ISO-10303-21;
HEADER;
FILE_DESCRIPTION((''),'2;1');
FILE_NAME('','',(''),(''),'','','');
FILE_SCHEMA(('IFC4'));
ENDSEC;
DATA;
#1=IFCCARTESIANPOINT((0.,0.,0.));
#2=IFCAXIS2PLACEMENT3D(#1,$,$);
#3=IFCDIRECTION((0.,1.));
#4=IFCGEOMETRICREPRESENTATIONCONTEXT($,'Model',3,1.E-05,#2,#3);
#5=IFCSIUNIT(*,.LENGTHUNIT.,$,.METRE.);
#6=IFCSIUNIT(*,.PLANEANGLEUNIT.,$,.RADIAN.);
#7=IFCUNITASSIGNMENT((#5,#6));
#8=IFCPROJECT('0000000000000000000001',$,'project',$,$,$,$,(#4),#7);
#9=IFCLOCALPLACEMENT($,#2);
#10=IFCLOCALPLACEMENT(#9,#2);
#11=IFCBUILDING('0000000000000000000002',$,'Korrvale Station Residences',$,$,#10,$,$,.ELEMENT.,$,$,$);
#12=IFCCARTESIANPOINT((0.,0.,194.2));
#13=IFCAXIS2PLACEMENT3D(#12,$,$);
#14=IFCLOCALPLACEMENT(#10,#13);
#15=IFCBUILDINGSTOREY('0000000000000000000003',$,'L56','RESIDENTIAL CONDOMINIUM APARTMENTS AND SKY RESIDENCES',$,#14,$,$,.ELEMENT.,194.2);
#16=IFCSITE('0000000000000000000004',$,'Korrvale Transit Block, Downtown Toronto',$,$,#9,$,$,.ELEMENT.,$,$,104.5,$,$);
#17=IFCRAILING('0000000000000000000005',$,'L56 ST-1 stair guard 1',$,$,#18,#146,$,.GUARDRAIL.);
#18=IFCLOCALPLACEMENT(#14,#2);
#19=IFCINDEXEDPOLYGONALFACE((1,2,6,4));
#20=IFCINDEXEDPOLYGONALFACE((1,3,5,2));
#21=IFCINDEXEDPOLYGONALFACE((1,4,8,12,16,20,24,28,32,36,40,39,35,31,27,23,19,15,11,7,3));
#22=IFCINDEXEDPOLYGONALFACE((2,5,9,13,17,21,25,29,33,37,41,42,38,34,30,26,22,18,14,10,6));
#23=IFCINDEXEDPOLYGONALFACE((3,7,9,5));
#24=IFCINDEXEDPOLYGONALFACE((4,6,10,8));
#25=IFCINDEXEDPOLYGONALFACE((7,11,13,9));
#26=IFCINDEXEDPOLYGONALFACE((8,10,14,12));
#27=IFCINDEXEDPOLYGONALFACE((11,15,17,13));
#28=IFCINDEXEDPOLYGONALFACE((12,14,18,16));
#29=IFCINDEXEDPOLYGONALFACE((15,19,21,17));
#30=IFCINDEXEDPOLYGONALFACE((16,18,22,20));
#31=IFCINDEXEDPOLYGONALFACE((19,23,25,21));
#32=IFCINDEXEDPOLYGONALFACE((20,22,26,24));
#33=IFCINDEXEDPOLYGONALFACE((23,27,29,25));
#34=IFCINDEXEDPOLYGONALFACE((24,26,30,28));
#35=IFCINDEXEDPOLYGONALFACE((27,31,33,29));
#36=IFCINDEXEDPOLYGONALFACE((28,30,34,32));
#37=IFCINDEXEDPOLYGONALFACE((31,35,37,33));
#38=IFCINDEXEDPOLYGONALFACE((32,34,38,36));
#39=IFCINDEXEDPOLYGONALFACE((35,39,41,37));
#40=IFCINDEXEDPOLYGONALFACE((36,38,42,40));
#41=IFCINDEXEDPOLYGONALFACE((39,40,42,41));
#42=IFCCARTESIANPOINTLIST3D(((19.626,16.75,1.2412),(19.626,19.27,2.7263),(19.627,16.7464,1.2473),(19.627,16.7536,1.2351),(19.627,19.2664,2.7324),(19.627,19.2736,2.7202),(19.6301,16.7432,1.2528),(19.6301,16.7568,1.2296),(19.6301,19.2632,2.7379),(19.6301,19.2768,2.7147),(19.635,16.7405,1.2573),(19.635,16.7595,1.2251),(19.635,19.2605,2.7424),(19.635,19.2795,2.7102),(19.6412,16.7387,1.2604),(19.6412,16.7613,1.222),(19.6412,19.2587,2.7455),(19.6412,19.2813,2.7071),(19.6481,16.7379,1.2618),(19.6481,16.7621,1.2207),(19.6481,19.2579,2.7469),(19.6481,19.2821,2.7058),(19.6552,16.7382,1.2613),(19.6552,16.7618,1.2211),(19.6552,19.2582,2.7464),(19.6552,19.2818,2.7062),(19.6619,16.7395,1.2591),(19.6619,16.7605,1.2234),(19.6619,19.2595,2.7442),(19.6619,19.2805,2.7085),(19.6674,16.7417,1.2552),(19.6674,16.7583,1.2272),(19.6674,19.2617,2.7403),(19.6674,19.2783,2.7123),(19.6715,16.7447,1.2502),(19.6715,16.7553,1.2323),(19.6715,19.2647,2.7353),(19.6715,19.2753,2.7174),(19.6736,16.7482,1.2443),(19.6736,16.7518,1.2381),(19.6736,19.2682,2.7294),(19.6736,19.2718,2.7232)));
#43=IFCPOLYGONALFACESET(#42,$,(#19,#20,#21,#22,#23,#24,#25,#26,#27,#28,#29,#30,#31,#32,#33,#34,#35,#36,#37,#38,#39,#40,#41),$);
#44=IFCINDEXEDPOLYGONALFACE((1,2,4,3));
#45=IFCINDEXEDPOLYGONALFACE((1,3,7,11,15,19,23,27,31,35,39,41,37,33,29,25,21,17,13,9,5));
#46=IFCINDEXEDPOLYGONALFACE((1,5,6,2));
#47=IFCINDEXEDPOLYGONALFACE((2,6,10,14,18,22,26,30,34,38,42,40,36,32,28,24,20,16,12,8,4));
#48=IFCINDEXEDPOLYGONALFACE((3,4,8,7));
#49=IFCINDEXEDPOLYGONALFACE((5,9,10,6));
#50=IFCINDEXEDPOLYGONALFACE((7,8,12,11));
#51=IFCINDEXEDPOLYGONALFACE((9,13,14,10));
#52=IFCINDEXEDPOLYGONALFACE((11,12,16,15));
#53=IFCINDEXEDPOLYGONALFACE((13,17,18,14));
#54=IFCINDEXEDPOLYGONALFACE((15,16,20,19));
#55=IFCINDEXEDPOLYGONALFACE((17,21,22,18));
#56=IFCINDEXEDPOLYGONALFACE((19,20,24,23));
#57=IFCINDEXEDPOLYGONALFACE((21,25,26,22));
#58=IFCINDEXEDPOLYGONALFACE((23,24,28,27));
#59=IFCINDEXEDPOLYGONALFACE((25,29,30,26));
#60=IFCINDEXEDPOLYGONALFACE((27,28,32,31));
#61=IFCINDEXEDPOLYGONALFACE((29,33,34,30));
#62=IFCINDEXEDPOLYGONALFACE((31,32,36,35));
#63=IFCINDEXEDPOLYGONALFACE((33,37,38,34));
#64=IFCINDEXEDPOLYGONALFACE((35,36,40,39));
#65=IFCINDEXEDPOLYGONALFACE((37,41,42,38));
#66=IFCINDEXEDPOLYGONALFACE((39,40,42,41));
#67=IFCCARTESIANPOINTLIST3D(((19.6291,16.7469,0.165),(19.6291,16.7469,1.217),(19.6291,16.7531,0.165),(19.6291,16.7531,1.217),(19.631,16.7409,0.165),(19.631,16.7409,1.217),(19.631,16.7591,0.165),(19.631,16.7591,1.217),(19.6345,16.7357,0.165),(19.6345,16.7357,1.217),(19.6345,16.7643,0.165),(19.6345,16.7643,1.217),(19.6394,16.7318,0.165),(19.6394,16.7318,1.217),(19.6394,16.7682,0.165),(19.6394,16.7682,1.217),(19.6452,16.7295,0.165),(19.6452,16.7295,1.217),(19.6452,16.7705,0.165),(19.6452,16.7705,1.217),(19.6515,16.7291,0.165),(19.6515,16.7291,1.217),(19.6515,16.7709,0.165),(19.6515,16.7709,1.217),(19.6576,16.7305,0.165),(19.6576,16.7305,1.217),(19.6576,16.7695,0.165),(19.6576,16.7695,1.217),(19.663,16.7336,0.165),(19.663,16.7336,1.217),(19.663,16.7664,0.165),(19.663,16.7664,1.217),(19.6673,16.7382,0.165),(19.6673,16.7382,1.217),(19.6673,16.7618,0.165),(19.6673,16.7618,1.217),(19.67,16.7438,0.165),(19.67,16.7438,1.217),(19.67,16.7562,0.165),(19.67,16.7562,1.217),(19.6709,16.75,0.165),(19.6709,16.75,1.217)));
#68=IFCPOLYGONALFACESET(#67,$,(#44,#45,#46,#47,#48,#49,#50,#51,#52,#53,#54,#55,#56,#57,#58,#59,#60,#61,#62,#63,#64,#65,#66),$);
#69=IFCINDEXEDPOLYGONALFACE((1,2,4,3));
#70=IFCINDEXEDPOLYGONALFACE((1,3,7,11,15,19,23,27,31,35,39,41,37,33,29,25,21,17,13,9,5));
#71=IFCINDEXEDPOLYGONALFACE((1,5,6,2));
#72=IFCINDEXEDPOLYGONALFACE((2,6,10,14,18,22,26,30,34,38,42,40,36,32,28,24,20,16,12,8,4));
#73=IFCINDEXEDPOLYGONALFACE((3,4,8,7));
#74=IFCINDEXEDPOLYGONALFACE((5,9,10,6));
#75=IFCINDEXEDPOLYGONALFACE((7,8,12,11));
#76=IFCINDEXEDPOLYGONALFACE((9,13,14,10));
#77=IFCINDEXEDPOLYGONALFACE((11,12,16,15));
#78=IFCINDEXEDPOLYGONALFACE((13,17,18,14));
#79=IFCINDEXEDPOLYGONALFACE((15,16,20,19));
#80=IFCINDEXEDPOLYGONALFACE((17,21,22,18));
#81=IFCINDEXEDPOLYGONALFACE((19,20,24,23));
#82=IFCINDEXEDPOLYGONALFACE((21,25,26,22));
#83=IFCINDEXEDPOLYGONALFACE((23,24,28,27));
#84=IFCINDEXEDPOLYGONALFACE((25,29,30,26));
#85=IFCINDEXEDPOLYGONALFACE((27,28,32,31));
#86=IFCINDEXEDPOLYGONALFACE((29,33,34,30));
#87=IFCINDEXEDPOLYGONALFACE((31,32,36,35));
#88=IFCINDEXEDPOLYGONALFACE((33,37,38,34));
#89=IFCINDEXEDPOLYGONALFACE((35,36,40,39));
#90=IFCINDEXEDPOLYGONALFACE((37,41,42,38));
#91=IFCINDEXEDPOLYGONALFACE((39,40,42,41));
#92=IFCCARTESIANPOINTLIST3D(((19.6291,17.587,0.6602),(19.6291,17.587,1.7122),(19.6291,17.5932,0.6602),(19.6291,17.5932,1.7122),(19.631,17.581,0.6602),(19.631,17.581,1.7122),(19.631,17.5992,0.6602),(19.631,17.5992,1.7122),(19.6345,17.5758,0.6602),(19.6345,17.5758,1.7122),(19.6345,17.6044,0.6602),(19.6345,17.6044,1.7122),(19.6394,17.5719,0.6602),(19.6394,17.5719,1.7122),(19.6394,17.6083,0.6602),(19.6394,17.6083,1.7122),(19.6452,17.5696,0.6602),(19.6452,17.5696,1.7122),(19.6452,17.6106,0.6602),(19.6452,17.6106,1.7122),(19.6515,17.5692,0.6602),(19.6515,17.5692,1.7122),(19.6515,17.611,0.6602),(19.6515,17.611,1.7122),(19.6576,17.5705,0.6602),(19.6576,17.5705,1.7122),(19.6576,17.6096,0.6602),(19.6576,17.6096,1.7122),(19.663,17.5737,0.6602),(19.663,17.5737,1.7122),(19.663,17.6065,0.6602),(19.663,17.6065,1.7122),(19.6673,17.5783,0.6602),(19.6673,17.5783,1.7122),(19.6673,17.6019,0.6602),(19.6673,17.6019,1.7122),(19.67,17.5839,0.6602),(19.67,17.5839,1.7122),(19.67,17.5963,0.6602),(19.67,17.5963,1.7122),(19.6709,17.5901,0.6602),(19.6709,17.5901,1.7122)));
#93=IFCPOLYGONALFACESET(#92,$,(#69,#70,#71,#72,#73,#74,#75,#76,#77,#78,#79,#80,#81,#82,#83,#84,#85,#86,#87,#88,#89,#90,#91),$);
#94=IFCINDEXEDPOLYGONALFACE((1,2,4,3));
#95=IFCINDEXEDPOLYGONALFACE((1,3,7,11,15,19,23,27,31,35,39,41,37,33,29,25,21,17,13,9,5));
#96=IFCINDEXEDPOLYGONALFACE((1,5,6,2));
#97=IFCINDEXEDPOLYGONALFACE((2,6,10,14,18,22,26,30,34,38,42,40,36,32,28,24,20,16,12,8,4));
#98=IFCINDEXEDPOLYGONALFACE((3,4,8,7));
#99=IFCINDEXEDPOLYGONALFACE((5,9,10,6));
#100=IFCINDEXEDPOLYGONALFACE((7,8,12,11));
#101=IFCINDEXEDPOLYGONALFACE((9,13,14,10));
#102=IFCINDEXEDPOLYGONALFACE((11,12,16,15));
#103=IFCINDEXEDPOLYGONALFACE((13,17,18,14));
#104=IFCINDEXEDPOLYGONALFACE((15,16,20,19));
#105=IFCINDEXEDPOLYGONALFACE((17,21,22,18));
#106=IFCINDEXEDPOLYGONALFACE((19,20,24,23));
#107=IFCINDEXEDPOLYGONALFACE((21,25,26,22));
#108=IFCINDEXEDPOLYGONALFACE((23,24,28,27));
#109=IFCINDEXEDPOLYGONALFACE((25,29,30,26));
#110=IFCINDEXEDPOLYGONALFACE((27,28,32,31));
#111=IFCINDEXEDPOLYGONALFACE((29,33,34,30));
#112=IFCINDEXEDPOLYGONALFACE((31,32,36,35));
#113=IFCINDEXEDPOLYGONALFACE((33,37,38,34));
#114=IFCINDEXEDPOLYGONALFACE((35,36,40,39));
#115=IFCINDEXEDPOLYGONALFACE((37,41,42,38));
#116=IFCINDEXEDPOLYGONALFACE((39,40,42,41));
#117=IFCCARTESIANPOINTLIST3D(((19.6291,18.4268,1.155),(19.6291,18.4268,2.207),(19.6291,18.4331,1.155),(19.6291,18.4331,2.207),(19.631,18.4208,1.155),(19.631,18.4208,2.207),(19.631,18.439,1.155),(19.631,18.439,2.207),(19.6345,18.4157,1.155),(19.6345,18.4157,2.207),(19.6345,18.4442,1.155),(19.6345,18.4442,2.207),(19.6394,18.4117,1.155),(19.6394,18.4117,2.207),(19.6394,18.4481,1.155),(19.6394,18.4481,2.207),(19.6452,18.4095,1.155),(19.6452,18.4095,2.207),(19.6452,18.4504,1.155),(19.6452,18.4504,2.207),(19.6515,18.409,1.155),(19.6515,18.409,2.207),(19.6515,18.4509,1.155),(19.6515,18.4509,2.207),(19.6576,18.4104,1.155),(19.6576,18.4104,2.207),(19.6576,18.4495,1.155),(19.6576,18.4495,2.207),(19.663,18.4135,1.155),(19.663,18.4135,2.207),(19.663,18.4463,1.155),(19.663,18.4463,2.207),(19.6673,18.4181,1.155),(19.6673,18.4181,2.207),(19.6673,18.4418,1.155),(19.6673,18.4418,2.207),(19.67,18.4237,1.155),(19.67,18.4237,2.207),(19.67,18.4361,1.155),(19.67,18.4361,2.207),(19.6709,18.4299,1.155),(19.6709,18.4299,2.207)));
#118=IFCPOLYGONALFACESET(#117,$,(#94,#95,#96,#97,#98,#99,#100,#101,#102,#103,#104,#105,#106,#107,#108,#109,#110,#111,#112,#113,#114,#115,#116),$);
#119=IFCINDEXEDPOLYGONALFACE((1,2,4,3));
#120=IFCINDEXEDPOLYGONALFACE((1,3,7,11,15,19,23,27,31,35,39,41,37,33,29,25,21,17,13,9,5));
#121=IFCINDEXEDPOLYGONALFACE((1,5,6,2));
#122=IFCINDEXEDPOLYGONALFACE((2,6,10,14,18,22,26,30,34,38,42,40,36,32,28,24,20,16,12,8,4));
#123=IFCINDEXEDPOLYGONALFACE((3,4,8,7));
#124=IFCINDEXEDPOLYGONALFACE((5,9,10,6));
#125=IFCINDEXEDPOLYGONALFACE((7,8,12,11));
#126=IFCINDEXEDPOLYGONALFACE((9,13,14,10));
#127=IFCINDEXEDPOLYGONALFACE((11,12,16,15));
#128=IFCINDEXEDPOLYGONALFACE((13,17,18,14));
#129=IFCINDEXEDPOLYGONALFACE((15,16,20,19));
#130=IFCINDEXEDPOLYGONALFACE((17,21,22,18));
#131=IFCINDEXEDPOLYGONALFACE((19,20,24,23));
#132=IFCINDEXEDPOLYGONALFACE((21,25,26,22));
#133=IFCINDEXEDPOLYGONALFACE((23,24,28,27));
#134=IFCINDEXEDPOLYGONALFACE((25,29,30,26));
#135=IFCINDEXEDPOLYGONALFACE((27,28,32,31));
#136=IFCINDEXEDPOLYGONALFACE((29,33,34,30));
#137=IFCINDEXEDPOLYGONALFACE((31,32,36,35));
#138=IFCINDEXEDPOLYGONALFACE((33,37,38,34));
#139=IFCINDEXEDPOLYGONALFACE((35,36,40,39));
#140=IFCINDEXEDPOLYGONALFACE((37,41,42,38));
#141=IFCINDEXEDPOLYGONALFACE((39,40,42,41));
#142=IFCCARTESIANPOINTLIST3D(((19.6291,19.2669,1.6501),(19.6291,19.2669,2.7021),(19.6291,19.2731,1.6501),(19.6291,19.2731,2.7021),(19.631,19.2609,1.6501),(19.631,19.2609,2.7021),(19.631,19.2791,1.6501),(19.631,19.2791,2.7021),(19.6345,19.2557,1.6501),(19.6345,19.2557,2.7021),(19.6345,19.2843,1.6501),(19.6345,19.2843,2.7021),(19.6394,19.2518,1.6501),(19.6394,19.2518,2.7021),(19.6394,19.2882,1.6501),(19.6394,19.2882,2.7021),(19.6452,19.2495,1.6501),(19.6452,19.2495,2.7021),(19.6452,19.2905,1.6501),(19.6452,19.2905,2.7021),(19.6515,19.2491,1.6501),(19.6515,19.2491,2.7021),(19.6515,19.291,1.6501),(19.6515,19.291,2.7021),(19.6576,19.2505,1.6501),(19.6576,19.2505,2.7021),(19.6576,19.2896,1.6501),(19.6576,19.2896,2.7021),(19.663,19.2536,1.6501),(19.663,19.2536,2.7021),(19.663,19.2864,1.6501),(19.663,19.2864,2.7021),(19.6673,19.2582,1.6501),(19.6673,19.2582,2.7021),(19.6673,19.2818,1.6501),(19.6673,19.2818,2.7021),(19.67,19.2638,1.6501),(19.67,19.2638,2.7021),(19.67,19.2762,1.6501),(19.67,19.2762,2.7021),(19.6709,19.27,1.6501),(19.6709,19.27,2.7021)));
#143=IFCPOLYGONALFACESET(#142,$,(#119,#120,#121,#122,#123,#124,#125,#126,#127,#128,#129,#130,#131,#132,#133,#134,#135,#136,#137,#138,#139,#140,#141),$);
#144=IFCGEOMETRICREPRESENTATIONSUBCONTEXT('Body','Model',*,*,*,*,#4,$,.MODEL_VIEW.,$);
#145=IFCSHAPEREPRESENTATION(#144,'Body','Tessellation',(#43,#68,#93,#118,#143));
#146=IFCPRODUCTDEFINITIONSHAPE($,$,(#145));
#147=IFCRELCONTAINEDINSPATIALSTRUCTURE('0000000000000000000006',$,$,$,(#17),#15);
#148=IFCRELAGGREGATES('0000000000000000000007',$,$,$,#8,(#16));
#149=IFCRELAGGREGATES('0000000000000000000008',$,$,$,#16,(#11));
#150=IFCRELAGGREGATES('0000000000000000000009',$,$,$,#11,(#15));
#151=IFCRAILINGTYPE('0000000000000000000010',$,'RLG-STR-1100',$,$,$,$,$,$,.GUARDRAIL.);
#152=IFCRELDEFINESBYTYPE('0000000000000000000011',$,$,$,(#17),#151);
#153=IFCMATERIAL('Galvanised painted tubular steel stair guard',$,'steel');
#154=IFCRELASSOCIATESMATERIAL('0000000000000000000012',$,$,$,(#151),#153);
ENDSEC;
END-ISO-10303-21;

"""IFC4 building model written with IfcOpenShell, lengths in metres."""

from ifc_helpers import new_model, si_unit, direction, frame, origin, origin_2d, place, context, subcontext, project, spatial, circle, extrude, material, type_object, element, save


model = new_model("IFC4")

# Units and contexts
model_context = context("Model", 3, precision=1e-05, world=origin(), true_north=direction((0.0, 1.0)))
body_context = subcontext(model_context, "Body", "Model", "MODEL_VIEW")
ifc_project = project(units=[si_unit("LENGTHUNIT", "METRE"), si_unit("PLANEANGLEUNIT", "RADIAN")], contexts=[model_context])

# Site, building, storey
site_placement = place(None, origin())
site = spatial("IfcSite", under=ifc_project, at=site_placement, Name="Korrvale Transit Block, Downtown Toronto", CompositionType="ELEMENT", RefElevation=104.5)
building_placement = place(site_placement, origin())
building = spatial("IfcBuilding", under=site, at=building_placement, Name="Korrvale Station Residences", CompositionType="ELEMENT")
storey_placement = place(building_placement, frame((0.0, 0.0, 194.2)))
storey = spatial("IfcBuildingStorey", under=building, at=storey_placement, Name="L56", Description="RESIDENTIAL CONDOMINIUM APARTMENTS AND SKY RESIDENCES", CompositionType="ELEMENT", Elevation=194.2)

# Railing
ifc_material_1 = material(Name="Galvanised painted tubular steel stair guard", Category="steel")
railing_type_1 = type_object("IfcRailingType", Name="RLG-STR-1100", PredefinedType="GUARDRAIL", material=ifc_material_1)
railing_1_placement = place(storey_placement, frame((19.6499, 16.75, 0.165)))
element("IfcRailing", 1, at=railing_1_placement, inside=storey, type_object=railing_type_1, Name="L56 ST-1 stair guard 1", PredefinedType="GUARDRAIL", context=body_context, shape_type="SweptSolid", body=[
    extrude(circle(Radius=0.0239, at=origin_2d()), frame((0.0, 0.0, 1.0762), z_axis=(0.0, 0.861524, 0.507717), x_axis=(-1.0, 0.0, 0.0)), (0.0, 0.0, 1.0), 2.925),
    extrude(circle(Radius=0.021, at=origin_2d()), origin(), (0.0, 0.0, 1.0), 1.052),
    extrude(circle(Radius=0.021, at=origin_2d()), frame((0.0, 0.8401, 0.4951)), (0.0, 0.0, 1.0), 1.052),
    extrude(circle(Radius=0.021, at=origin_2d()), frame((0.0, 1.6799, 0.99)), (0.0, 0.0, 1.0), 1.052),
    extrude(circle(Radius=0.021, at=origin_2d()), frame((0.0, 2.52, 1.4851)), (0.0, 0.0, 1.0), 1.052),
])

save(model, "model.ifc")
